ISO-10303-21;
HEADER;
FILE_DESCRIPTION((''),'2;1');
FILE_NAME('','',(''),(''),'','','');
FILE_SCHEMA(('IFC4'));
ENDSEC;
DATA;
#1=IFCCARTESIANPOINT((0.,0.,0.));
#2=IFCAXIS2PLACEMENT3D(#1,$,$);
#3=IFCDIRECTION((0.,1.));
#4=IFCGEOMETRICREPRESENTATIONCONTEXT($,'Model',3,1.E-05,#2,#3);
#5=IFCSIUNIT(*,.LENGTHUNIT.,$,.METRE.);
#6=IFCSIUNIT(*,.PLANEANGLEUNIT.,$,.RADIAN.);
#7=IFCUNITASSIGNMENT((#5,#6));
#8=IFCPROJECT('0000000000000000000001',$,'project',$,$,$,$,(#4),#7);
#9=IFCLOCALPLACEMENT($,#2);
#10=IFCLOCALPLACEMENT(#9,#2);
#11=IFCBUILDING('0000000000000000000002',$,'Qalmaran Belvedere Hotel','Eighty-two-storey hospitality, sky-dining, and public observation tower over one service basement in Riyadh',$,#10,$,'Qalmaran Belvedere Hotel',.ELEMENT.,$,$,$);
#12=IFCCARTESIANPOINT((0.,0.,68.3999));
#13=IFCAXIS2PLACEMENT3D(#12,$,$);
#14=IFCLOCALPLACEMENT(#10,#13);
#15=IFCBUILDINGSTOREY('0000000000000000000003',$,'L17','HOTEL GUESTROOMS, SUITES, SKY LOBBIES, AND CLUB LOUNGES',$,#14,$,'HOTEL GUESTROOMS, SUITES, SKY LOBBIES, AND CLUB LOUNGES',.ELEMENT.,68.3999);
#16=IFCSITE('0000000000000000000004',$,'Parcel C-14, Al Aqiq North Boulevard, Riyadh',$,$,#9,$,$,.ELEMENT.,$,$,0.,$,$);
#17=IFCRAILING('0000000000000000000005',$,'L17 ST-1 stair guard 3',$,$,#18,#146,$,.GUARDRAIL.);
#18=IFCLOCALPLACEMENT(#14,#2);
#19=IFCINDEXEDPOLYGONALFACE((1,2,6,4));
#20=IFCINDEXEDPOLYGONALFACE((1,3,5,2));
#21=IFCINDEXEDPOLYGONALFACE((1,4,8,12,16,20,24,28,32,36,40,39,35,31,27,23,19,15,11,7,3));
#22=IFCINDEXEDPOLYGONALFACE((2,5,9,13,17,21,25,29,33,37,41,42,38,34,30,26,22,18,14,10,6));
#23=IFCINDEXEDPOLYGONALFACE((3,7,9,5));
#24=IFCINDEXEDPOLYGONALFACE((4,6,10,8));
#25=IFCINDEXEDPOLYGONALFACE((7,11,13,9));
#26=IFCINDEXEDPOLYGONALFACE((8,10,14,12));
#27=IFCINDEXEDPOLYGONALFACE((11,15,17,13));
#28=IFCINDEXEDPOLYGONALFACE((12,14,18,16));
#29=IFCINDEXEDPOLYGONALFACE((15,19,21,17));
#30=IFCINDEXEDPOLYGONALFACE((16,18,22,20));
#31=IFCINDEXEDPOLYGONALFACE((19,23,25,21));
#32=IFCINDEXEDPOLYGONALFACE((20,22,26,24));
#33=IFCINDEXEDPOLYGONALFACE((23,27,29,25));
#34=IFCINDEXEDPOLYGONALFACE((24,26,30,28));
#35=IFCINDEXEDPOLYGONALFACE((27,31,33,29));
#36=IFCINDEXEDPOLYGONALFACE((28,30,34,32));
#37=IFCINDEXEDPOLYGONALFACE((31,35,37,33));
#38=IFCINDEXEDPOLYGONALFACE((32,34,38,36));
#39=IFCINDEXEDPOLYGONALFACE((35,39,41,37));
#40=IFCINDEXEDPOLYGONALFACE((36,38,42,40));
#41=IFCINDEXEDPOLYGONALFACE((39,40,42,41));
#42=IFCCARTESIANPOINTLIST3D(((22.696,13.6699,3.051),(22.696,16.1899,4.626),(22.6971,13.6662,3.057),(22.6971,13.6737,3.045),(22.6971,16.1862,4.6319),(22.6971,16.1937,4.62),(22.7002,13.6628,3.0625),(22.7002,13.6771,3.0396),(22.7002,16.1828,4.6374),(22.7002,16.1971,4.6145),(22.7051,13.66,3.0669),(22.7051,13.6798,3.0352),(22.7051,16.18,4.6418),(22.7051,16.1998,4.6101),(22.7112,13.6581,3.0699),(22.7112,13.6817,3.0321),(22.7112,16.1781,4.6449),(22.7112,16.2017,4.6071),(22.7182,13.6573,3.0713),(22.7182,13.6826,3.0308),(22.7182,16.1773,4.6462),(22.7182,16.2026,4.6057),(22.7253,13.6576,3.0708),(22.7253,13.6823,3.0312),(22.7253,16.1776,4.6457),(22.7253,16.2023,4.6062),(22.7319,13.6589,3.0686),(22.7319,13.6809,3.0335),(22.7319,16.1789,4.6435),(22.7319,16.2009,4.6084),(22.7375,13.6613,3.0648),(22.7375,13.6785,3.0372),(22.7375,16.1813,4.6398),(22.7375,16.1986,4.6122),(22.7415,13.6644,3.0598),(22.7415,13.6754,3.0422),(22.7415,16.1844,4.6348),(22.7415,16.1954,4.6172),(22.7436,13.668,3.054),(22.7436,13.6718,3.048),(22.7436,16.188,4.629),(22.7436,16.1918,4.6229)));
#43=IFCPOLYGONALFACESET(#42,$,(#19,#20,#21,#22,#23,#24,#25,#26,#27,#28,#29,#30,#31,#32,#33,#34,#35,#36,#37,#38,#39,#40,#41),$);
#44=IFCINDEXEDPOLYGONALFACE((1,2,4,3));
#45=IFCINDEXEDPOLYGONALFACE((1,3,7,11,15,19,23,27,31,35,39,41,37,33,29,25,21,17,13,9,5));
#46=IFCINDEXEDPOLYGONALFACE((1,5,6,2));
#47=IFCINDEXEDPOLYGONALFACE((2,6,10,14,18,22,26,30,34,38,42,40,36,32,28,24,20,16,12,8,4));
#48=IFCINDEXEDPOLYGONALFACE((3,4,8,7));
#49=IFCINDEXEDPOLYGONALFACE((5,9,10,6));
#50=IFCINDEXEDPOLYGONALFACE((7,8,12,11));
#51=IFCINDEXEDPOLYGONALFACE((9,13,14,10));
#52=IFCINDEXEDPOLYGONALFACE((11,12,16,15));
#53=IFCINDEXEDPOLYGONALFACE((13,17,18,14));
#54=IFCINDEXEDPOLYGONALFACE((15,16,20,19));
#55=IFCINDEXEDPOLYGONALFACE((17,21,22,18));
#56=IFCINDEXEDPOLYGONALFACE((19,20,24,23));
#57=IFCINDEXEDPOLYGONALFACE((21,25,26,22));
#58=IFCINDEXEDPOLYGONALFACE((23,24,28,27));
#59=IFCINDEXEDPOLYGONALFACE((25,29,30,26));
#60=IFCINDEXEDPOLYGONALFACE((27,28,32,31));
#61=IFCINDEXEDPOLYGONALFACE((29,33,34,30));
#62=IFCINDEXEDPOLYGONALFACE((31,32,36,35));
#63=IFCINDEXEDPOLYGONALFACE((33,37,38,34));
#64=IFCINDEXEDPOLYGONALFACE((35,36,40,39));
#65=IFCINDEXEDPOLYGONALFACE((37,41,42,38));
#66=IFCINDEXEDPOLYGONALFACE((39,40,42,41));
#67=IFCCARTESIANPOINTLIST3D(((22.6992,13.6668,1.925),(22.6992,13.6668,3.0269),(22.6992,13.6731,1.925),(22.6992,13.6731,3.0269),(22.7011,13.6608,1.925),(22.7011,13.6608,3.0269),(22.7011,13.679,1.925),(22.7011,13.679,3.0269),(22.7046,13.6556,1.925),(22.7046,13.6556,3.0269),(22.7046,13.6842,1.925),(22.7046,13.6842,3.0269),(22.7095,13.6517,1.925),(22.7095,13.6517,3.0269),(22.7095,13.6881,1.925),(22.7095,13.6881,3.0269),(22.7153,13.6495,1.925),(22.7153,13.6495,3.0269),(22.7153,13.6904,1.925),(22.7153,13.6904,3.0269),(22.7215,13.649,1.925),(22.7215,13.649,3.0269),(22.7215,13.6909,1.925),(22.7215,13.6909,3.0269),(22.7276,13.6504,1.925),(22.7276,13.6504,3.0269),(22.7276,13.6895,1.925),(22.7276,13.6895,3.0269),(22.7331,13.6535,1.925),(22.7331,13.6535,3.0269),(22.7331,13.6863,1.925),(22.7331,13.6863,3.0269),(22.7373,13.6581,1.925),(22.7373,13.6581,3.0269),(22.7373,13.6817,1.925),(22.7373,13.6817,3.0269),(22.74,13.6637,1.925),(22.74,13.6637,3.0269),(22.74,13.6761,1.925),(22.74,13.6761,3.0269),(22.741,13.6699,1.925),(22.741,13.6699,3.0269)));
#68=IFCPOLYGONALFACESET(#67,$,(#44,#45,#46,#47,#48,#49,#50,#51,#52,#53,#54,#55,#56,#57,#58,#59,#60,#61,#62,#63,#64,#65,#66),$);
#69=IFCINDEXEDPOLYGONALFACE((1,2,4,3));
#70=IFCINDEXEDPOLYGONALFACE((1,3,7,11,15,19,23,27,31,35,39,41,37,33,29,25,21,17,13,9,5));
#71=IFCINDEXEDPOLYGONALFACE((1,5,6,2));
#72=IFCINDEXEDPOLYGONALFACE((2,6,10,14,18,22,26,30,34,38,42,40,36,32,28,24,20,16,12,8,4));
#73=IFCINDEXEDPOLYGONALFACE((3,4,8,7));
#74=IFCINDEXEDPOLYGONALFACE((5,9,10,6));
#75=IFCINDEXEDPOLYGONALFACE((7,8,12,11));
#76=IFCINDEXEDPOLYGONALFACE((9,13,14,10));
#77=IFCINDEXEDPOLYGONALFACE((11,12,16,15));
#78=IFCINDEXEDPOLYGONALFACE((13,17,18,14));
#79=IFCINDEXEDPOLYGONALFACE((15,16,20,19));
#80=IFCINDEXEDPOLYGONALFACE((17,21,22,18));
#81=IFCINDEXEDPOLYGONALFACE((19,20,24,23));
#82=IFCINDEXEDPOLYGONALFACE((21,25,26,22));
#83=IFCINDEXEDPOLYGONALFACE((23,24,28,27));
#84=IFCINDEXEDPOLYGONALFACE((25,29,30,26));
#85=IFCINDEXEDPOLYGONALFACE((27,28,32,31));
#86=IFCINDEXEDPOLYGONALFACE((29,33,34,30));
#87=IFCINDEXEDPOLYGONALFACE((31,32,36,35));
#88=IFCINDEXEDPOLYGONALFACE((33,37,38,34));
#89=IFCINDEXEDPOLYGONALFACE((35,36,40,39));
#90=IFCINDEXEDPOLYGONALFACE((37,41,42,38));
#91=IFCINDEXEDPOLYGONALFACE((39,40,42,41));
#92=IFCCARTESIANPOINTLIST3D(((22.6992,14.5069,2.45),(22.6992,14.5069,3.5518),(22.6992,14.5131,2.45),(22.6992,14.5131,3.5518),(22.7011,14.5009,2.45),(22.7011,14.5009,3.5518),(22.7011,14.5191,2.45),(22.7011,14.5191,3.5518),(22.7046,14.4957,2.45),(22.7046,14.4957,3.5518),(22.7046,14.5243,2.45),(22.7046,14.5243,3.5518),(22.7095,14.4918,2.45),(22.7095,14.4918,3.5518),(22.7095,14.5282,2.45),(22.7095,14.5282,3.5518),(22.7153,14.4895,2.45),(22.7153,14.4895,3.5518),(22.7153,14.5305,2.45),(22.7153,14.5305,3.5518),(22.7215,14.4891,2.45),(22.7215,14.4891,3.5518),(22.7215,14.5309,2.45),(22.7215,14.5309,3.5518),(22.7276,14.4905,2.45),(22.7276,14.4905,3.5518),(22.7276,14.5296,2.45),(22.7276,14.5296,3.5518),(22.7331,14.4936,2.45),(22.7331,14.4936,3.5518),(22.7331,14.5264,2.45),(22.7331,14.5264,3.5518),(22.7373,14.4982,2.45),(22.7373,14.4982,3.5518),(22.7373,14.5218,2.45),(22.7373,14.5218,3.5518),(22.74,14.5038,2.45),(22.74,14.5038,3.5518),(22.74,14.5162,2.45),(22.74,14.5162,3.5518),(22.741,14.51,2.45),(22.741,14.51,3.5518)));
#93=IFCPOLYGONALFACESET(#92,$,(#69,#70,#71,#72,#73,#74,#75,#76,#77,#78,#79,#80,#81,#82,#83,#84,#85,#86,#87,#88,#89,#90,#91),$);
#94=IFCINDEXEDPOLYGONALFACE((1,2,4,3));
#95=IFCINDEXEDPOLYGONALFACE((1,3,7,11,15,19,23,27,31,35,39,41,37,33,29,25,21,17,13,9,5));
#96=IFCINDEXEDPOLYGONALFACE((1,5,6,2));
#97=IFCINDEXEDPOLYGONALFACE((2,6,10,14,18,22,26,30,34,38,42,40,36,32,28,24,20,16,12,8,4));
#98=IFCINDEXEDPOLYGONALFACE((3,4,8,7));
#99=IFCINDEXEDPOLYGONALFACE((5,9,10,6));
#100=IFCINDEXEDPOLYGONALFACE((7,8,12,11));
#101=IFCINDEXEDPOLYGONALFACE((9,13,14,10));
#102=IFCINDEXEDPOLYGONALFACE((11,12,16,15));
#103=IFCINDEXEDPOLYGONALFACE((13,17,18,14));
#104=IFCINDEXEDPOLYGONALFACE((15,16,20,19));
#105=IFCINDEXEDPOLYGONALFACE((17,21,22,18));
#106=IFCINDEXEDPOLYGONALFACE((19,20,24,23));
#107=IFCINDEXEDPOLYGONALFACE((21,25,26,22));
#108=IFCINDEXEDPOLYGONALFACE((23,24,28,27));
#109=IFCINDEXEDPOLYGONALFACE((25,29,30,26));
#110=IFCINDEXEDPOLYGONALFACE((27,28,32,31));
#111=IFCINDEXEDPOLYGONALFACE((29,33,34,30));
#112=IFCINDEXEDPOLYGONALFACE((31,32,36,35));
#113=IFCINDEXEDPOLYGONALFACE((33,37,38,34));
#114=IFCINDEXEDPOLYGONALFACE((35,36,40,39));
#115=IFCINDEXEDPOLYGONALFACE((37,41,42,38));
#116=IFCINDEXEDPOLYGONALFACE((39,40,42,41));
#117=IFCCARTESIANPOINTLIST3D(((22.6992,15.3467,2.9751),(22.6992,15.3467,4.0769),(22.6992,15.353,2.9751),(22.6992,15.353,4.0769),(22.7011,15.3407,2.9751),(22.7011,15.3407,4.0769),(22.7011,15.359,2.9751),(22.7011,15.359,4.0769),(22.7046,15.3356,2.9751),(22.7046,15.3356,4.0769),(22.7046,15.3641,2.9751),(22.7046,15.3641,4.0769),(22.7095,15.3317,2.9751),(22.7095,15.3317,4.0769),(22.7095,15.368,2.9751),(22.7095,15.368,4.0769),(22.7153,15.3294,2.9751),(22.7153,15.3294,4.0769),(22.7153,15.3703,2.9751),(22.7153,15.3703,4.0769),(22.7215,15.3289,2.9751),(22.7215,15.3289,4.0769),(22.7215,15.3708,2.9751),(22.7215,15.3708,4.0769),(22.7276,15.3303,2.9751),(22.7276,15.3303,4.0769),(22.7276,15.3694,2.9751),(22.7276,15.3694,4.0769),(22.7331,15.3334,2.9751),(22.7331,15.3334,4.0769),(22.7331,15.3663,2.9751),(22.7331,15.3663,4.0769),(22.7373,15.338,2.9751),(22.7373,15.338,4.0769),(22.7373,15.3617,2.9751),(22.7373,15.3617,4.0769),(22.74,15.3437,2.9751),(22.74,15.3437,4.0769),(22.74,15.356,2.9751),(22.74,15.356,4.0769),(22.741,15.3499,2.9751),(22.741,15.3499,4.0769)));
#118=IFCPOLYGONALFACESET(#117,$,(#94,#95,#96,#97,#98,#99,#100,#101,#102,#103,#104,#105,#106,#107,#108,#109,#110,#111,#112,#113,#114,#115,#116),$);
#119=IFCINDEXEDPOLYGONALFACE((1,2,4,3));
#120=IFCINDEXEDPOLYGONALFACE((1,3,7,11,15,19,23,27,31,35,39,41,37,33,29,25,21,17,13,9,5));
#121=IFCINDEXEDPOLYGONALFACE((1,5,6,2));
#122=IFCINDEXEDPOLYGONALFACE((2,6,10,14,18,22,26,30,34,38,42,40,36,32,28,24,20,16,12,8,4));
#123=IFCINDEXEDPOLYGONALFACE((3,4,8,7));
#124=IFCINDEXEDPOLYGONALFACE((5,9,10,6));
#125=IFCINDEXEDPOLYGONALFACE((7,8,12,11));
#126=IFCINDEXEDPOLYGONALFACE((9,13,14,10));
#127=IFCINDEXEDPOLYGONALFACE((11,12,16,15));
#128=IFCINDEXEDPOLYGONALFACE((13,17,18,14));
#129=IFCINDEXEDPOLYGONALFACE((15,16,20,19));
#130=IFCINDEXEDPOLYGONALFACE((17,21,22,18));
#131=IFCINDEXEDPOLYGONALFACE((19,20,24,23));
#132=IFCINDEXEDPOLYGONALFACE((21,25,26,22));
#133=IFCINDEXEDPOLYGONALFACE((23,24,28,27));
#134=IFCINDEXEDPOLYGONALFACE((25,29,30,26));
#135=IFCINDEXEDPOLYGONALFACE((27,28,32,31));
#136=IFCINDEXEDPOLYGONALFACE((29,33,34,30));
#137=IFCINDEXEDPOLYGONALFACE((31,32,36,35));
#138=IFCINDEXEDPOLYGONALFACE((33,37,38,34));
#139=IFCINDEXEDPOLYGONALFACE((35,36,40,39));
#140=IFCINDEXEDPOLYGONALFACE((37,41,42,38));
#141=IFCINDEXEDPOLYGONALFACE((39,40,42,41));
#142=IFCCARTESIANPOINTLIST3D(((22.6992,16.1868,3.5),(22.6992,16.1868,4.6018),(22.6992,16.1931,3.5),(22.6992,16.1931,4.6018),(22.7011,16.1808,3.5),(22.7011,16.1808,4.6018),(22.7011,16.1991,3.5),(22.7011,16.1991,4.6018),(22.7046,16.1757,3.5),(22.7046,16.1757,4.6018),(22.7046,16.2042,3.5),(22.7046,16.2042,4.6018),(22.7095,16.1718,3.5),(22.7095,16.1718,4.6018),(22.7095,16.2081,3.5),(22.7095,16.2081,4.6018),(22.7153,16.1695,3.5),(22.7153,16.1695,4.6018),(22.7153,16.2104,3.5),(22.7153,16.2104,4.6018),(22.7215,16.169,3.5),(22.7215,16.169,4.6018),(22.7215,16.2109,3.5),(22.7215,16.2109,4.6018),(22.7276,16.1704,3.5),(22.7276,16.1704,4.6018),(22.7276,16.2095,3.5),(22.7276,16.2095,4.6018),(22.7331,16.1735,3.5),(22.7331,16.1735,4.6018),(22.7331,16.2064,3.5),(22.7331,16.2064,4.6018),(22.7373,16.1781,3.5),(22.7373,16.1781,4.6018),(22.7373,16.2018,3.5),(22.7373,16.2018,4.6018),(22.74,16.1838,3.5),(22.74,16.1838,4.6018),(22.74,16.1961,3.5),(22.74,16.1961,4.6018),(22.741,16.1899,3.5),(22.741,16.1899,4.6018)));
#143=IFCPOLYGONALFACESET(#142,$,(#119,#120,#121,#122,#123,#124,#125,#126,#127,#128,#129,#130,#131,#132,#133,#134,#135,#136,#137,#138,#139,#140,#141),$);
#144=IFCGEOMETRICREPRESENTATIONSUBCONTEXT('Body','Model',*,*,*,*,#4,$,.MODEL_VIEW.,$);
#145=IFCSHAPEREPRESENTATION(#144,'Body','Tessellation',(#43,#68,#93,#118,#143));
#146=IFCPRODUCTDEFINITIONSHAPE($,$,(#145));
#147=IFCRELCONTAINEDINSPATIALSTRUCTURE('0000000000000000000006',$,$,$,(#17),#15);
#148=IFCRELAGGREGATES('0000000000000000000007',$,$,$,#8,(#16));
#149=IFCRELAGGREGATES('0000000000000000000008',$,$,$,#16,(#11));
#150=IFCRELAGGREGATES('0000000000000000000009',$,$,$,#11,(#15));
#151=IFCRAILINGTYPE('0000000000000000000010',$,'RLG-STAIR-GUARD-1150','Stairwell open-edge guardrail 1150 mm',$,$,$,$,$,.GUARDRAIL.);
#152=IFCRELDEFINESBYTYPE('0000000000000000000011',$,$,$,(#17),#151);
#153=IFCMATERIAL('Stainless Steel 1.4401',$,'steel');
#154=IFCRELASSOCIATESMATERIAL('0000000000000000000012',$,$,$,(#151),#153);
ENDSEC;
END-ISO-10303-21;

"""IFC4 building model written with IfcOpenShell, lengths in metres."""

from ifc_helpers import new_model, si_unit, direction, frame, origin, origin_2d, place, context, subcontext, project, spatial, circle, extrude, material, type_object, element, save


model = new_model("IFC4")

# Units and contexts
model_context = context("Model", 3, precision=1e-05, world=origin(), true_north=direction((0.0, 1.0)))
body_context = subcontext(model_context, "Body", "Model", "MODEL_VIEW")
ifc_project = project(units=[si_unit("LENGTHUNIT", "METRE"), si_unit("PLANEANGLEUNIT", "RADIAN")], contexts=[model_context])

# Site, building, storey
site_placement = place(None, origin())
site = spatial("IfcSite", under=ifc_project, at=site_placement, Name="Parcel C-14, Al Aqiq North Boulevard, Riyadh", CompositionType="ELEMENT", RefElevation=0.0)
building_placement = place(site_placement, origin())
building = spatial("IfcBuilding", under=site, at=building_placement, Name="Qalmaran Belvedere Hotel", Description="Eighty-two-storey hospitality, sky-dining, and public observation tower over one service basement in Riyadh", LongName="Qalmaran Belvedere Hotel", CompositionType="ELEMENT")
storey_placement = place(building_placement, frame((0.0, 0.0, 68.3999)))
storey = spatial("IfcBuildingStorey", under=building, at=storey_placement, Name="L17", Description="HOTEL GUESTROOMS, SUITES, SKY LOBBIES, AND CLUB LOUNGES", LongName="HOTEL GUESTROOMS, SUITES, SKY LOBBIES, AND CLUB LOUNGES", CompositionType="ELEMENT", Elevation=68.3999)

# Railing
ifc_material_1 = material(Name="Stainless Steel 1.4401", Category="steel")
railing_type_1 = type_object("IfcRailingType", Name="RLG-STAIR-GUARD-1150", Description="Stairwell open-edge guardrail 1150 mm", PredefinedType="GUARDRAIL", material=ifc_material_1)
railing_1_placement = place(storey_placement, frame((22.72, 13.6699, 1.925)))
element("IfcRailing", 1, at=railing_1_placement, inside=storey, type_object=railing_type_1, Name="L17 ST-1 stair guard 3", PredefinedType="GUARDRAIL", context=body_context, shape_type="SweptSolid", body=[
    extrude(circle(Radius=0.0239, at=origin_2d()), frame((0.0, 0.0, 1.126), z_axis=(0.0, 0.848008, 0.529984), x_axis=(-1.0, 0.0, 0.0)), (0.0, 0.0, 1.0), 2.9717),
    extrude(circle(Radius=0.021, at=origin_2d()), origin(), (0.0, 0.0, 1.0), 1.1018),
    extrude(circle(Radius=0.021, at=origin_2d()), frame((0.0, 0.8401, 0.5249)), (0.0, 0.0, 1.0), 1.1018),
    extrude(circle(Radius=0.021, at=origin_2d()), frame((0.0, 1.6799, 1.05)), (0.0, 0.0, 1.0), 1.1018),
    extrude(circle(Radius=0.021, at=origin_2d()), frame((0.0, 2.52, 1.575)), (0.0, 0.0, 1.0), 1.1018),
])

save(model, "model.ifc")
